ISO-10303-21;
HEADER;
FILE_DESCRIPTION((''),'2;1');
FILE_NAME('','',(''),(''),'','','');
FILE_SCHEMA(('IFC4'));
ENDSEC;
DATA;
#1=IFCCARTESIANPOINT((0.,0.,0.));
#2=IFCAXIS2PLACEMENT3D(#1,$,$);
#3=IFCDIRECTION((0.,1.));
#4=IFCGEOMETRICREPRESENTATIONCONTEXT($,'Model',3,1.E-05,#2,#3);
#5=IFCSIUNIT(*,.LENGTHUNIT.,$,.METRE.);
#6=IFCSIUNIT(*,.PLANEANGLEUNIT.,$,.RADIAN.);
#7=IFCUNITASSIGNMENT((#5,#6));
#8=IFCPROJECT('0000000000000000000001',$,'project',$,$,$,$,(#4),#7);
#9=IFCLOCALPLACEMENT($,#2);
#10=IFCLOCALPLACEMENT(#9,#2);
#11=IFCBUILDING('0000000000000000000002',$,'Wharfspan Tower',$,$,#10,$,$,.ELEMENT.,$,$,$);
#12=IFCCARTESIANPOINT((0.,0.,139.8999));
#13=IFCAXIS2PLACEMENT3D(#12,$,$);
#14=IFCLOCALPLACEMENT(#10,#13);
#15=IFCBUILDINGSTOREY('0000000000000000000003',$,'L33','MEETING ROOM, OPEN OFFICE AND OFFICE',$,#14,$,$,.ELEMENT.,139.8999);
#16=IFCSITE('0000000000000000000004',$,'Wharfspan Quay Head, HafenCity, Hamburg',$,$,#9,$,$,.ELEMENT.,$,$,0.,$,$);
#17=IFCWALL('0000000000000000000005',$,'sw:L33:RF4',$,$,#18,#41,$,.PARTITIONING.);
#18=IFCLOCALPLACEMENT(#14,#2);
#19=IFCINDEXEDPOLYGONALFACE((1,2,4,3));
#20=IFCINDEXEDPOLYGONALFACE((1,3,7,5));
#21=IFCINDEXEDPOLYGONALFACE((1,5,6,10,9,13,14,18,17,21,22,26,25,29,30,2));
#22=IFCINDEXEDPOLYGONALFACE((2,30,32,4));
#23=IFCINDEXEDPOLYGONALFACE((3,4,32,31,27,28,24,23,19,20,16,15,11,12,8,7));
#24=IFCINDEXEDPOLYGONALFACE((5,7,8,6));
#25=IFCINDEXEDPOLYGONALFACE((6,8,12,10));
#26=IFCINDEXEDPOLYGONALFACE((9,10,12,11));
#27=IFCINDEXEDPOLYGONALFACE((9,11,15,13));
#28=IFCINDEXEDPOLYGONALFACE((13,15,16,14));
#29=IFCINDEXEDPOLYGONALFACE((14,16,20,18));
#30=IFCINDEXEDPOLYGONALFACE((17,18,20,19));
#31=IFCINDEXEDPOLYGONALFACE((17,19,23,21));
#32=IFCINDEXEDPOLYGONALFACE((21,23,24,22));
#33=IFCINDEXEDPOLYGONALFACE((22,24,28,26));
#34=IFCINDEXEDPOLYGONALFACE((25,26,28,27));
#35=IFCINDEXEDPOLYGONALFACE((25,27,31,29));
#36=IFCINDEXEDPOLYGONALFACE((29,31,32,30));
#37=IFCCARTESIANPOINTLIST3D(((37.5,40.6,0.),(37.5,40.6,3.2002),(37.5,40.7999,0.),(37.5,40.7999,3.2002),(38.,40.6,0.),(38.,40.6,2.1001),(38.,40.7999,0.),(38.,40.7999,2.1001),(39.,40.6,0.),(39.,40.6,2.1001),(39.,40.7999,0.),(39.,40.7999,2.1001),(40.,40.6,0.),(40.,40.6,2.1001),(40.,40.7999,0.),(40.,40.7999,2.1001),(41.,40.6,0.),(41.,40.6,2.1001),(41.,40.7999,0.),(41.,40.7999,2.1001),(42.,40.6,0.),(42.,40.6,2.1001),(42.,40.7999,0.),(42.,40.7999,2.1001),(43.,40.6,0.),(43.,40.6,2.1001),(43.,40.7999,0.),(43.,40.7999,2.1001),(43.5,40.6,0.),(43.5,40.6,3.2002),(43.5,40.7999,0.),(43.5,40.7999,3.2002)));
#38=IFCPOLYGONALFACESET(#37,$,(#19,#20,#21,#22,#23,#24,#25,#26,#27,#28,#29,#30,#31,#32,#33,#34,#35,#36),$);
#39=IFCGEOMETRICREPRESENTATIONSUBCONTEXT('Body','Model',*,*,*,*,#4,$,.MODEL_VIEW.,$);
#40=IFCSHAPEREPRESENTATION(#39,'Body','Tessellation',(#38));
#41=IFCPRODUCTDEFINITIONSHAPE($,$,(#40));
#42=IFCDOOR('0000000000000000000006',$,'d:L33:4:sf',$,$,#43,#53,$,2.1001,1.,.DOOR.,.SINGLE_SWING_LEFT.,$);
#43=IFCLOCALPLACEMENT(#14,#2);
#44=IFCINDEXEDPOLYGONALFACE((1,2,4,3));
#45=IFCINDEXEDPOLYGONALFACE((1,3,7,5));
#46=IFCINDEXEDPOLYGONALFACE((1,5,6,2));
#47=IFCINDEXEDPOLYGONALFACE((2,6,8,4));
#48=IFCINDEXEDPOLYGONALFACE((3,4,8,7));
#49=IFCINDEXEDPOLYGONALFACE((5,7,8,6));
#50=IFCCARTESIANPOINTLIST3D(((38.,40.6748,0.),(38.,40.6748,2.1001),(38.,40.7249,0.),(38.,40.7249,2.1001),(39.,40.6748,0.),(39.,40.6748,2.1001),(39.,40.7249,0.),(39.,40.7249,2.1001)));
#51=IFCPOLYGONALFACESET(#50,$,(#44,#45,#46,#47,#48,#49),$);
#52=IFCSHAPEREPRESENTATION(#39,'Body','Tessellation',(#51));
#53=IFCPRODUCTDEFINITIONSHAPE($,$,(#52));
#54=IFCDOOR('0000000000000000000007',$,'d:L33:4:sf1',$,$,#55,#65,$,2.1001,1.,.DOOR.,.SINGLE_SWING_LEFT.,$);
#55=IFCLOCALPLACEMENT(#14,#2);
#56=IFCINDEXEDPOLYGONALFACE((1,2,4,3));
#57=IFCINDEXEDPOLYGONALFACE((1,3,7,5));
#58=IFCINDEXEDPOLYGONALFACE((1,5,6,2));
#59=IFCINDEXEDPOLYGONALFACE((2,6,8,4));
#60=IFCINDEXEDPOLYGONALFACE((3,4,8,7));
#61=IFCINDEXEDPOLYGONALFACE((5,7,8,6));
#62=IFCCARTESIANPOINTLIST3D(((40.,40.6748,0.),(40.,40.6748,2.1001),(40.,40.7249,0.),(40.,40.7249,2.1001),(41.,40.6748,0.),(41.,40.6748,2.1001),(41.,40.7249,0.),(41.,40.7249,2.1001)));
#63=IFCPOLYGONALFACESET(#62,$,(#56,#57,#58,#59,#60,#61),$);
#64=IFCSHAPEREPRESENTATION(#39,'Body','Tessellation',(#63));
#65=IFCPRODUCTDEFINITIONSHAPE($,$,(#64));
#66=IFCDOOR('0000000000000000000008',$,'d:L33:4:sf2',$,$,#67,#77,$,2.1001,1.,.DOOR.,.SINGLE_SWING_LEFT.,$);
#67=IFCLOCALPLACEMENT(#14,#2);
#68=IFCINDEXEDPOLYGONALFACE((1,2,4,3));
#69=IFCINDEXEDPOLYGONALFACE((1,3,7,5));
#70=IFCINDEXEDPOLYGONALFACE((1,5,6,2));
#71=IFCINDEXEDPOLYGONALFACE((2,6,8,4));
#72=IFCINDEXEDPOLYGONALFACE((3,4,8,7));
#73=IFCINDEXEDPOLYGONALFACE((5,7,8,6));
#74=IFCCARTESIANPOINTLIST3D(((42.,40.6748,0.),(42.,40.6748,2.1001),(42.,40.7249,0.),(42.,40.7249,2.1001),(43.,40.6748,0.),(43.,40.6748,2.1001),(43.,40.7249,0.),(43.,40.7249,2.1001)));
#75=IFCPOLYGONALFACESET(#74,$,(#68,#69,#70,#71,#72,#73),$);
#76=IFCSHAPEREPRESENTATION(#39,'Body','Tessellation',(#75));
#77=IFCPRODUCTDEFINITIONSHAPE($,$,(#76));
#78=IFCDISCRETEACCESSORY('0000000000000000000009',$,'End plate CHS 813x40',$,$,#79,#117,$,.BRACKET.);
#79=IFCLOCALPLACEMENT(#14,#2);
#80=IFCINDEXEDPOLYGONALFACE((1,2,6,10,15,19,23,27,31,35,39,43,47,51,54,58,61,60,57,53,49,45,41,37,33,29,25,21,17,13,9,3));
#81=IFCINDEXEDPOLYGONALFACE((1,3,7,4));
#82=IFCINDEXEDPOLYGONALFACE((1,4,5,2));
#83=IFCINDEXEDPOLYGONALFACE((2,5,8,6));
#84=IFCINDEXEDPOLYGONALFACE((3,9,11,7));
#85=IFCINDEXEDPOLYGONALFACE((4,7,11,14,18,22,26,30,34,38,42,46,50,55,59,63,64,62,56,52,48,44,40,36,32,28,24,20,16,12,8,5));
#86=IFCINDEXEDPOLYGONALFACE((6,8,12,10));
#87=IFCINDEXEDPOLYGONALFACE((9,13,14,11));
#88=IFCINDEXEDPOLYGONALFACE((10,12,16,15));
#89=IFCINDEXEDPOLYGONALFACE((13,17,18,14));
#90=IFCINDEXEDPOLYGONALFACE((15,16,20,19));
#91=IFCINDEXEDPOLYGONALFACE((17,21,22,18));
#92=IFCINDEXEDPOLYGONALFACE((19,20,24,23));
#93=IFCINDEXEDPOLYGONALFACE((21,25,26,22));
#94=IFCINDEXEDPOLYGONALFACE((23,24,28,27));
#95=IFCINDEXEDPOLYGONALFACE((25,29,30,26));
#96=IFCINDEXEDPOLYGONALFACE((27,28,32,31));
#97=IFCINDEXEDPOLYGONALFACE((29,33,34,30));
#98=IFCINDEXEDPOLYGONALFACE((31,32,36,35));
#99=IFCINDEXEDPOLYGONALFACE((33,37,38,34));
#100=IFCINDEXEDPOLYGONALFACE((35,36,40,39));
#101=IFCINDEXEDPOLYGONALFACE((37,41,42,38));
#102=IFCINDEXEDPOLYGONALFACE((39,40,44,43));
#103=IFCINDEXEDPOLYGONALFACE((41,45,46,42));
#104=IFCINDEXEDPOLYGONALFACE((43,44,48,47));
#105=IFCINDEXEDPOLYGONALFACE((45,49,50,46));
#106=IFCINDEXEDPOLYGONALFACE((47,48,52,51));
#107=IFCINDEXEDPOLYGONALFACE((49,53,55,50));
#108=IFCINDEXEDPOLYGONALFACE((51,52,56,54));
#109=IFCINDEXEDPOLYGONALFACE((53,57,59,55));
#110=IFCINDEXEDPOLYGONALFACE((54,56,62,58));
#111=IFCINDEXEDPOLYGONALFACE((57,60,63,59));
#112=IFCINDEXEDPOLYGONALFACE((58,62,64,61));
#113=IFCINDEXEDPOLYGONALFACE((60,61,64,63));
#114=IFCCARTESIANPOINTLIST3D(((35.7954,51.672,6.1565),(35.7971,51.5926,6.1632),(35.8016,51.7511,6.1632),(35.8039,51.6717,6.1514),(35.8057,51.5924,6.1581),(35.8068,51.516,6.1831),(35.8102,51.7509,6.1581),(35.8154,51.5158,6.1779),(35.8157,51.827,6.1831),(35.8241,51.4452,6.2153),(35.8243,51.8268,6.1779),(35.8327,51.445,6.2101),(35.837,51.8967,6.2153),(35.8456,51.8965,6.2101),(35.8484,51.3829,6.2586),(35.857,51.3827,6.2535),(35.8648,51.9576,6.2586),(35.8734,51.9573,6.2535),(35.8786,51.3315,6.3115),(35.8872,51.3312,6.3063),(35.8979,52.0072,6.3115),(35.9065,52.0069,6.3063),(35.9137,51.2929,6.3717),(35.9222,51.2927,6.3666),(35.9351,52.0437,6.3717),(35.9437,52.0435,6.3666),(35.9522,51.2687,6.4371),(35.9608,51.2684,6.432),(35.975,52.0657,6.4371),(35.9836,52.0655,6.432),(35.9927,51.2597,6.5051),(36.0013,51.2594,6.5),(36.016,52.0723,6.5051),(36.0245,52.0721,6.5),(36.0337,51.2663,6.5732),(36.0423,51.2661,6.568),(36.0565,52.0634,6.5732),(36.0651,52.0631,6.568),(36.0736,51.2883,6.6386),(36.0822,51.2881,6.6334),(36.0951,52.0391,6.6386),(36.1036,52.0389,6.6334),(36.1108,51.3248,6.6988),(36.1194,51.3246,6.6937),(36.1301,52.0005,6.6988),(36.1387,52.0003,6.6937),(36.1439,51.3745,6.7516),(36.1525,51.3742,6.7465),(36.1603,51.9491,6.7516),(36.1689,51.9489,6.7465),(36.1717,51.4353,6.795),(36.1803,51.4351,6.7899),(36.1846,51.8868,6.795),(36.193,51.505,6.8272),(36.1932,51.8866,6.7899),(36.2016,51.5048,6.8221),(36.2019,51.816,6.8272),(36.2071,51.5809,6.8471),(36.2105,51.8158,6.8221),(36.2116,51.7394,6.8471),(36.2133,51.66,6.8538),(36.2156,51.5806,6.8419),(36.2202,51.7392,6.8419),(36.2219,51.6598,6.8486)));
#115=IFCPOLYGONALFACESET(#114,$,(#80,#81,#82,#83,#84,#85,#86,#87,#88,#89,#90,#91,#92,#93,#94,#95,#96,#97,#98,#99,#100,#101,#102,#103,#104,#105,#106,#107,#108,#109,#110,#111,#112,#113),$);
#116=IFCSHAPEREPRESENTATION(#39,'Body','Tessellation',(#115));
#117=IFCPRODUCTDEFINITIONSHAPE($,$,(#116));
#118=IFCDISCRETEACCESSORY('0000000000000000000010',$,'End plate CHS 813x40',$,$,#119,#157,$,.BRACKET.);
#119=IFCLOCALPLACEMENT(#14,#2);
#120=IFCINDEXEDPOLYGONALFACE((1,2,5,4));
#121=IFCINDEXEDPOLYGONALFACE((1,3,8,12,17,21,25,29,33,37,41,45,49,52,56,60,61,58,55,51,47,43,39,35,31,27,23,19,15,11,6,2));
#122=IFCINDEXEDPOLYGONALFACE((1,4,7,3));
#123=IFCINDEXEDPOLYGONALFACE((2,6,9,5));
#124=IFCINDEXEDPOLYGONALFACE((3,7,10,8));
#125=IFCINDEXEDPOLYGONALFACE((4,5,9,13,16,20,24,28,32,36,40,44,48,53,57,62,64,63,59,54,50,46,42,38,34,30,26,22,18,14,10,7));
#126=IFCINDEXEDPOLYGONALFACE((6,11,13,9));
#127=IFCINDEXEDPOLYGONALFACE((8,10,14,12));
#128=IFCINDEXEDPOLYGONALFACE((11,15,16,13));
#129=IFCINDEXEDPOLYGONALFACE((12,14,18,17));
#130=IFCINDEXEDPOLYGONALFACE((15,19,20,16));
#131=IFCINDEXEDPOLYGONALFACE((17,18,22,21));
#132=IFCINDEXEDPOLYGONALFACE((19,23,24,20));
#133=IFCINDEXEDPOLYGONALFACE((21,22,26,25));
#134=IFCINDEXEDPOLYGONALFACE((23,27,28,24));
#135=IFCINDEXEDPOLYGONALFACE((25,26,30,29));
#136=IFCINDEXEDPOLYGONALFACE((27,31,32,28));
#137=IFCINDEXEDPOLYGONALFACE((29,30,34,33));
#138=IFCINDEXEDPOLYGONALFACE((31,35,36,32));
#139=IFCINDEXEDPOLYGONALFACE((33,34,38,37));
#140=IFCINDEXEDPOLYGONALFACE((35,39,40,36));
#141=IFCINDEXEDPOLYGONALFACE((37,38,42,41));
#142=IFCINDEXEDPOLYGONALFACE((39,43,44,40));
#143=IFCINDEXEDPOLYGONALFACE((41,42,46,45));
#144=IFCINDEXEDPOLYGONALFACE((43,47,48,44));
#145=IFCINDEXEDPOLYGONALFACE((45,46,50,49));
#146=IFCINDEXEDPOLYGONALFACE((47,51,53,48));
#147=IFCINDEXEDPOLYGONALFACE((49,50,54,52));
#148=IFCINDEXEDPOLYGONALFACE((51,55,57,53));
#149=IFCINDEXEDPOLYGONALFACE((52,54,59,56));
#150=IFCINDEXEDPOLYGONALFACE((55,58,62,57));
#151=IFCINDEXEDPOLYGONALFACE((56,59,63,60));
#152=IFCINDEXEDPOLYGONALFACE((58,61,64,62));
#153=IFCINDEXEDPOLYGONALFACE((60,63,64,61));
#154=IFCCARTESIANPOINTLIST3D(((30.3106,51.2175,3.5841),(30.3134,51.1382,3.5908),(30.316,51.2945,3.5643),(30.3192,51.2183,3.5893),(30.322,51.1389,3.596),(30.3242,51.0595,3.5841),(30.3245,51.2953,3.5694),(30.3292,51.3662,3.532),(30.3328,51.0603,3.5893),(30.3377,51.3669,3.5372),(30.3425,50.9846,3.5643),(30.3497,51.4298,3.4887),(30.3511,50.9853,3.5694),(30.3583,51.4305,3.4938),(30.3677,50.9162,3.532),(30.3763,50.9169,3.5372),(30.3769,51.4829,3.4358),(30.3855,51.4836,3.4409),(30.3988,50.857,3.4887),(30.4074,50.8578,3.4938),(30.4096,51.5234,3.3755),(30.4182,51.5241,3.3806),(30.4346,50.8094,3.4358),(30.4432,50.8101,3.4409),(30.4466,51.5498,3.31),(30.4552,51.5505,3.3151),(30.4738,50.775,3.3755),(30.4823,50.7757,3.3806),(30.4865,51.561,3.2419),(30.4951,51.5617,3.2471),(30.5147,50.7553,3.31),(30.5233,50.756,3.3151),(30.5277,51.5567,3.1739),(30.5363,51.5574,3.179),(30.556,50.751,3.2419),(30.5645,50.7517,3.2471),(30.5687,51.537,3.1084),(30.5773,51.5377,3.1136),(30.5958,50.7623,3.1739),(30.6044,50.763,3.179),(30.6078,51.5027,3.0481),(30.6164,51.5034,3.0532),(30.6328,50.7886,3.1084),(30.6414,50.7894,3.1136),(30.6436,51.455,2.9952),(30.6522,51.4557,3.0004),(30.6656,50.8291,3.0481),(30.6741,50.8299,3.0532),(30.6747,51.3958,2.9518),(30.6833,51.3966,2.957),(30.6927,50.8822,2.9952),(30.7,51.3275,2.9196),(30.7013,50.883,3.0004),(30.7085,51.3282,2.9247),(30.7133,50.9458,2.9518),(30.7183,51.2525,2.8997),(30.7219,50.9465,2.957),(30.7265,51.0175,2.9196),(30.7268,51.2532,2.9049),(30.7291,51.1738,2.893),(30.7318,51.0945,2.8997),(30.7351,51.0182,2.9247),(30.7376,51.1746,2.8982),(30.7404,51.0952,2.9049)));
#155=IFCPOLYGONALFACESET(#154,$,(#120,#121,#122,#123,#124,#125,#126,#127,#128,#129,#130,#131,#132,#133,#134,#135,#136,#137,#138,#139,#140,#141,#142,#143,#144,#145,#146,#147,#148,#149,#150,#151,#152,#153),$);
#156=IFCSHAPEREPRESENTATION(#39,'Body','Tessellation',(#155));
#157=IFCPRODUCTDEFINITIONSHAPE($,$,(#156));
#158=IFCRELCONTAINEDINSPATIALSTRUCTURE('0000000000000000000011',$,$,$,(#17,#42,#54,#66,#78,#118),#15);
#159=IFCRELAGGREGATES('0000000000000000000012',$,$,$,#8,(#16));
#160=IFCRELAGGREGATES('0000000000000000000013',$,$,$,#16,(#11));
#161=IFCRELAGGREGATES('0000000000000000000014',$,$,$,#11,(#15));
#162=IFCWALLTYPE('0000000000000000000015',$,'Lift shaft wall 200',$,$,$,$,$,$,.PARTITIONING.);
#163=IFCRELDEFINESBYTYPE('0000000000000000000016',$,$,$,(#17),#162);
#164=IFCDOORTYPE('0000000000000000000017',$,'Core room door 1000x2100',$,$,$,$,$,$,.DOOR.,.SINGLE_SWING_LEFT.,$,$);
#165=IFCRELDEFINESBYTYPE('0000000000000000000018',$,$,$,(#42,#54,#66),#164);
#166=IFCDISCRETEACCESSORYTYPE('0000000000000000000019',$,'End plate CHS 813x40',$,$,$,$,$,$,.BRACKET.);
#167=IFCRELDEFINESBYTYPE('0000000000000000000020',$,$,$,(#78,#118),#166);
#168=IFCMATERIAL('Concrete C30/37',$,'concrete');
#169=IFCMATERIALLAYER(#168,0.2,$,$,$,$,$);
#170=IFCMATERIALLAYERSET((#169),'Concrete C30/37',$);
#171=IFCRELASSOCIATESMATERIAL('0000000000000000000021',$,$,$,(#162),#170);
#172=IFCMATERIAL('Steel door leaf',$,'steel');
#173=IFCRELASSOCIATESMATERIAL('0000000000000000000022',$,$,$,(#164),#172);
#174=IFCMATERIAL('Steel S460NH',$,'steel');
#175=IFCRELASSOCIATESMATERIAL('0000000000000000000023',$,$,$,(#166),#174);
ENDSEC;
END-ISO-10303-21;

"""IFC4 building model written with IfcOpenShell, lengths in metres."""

from ifc_helpers import new_model, si_unit, direction, frame, frame_2d, origin, origin_2d, place, context, subcontext, project, spatial, rectangle, circle, extrude, material, layer, layer_set, material_profile, profile_set, type_object, element, fill, save


model = new_model("IFC4")

# Units and contexts
model_context = context("Model", 3, precision=1e-05, world=origin(), true_north=direction((0.0, 1.0)))
body_context = subcontext(model_context, "Body", "Model", "MODEL_VIEW")
ifc_project = project(units=[si_unit("LENGTHUNIT", "METRE"), si_unit("PLANEANGLEUNIT", "RADIAN")], contexts=[model_context])

# Site, building, storey
site_placement = place(None, origin())
site = spatial("IfcSite", under=ifc_project, at=site_placement, Name="Wharfspan Quay Head, HafenCity, Hamburg", CompositionType="ELEMENT", RefElevation=0.0)
building_placement = place(site_placement, origin())
building = spatial("IfcBuilding", under=site, at=building_placement, Name="Wharfspan Tower", CompositionType="ELEMENT")
storey_placement = place(building_placement, frame((0.0, 0.0, 139.8999)))
storey = spatial("IfcBuildingStorey", under=building, at=storey_placement, Name="L33", Description="MEETING ROOM, OPEN OFFICE AND OFFICE", CompositionType="ELEMENT", Elevation=139.8999)

# Shared definitions
ifc_material_1 = material(Name="Steel S460NH", Category="steel")

# Wall, openings, doors
ifc_material_2 = material(Name="Concrete C30/37", Category="concrete")
ifc_layer_1 = layer(ifc_material_2, 0.2)
ifc_layer_set_1 = layer_set([ifc_layer_1], Name="Concrete C30/37")
wall_type_1 = type_object("IfcWallType", Name="Lift shaft wall 200", PredefinedType="PARTITIONING", material=ifc_layer_set_1)
ifc_material_3 = material(Name="Steel door leaf", Category="steel")
door_type = type_object("IfcDoorType", Name="Core room door 1000x2100", OperationType="SINGLE_SWING_LEFT", PredefinedType="DOOR", material=ifc_material_3)
wall_1_placement = place(storey_placement, frame((37.5, 40.7, 0.0), z_axis=(0.0, 0.0, 1.0), x_axis=(1.0, 0.0, 0.0)))
wall_1 = element("IfcWall", 1, at=wall_1_placement, inside=storey, type_object=wall_type_1, Name="sw:L33:RF4", PredefinedType="PARTITIONING", context=body_context, shape_type="SweptSolid", body=[
    extrude(rectangle(XDim=6.0, YDim=0.2, at=frame_2d((3.0, 0.0))), origin(), (0.0, 0.0, 1.0), 3.2002),
])
opening_1_placement = place(wall_1_placement, frame((0.5, 0.0, 0.0)))
opening_1 = element("IfcOpeningElement", 2, at=opening_1_placement, cuts=wall_1, PredefinedType="OPENING", context=body_context, shape_type="SweptSolid", body=[
    extrude(rectangle(XDim=1.0, YDim=2.1001, at=frame_2d((0.5, 1.05))), frame((0.0, 0.1099, 0.0), z_axis=(0.0, -1.0, 0.0), x_axis=(1.0, 0.0, 0.0)), (0.0, 0.0, 1.0), 0.22),
])
opening_2_placement = place(wall_1_placement, frame((2.5, 0.0, 0.0)))
opening_2 = element("IfcOpeningElement", 3, at=opening_2_placement, cuts=wall_1, PredefinedType="OPENING", context=body_context, shape_type="SweptSolid", body=[
    extrude(rectangle(XDim=1.0, YDim=2.1001, at=frame_2d((0.5, 1.05))), frame((0.0, 0.1099, 0.0), z_axis=(0.0, -1.0, 0.0), x_axis=(1.0, 0.0, 0.0)), (0.0, 0.0, 1.0), 0.22),
])
opening_3_placement = place(wall_1_placement, frame((4.5, 0.0, 0.0)))
opening_3 = element("IfcOpeningElement", 4, at=opening_3_placement, cuts=wall_1, PredefinedType="OPENING", context=body_context, shape_type="SweptSolid", body=[
    extrude(rectangle(XDim=1.0, YDim=2.1001, at=frame_2d((0.5, 1.05))), frame((0.0, 0.1099, 0.0), z_axis=(0.0, -1.0, 0.0), x_axis=(1.0, 0.0, 0.0)), (0.0, 0.0, 1.0), 0.22),
])
door_1_placement = place(opening_1_placement, origin())
door_1 = element("IfcDoor", 5, at=door_1_placement, inside=storey, type_object=door_type, Name="d:L33:4:sf", OperationType="SINGLE_SWING_LEFT", OverallHeight=2.1001, OverallWidth=1.0, PredefinedType="DOOR", context=body_context, shape_type="SweptSolid", body=[
    extrude(rectangle(XDim=1.0, YDim=2.1001, at=frame_2d((0.5, 1.05))), frame((0.0, 0.0249, 0.0), z_axis=(0.0, -1.0, 0.0), x_axis=(1.0, 0.0, 0.0)), (0.0, 0.0, 1.0), 0.05),
])
fill(opening_1, door_1)
door_2_placement = place(opening_2_placement, origin())
door_2 = element("IfcDoor", 6, at=door_2_placement, inside=storey, type_object=door_type, Name="d:L33:4:sf1", OperationType="SINGLE_SWING_LEFT", OverallHeight=2.1001, OverallWidth=1.0, PredefinedType="DOOR", context=body_context, shape_type="SweptSolid", body=[
    extrude(rectangle(XDim=1.0, YDim=2.1001, at=frame_2d((0.5, 1.05))), frame((0.0, 0.0249, 0.0), z_axis=(0.0, -1.0, 0.0), x_axis=(1.0, 0.0, 0.0)), (0.0, 0.0, 1.0), 0.05),
])
fill(opening_2, door_2)
door_3_placement = place(opening_3_placement, origin())
door_3 = element("IfcDoor", 7, at=door_3_placement, inside=storey, type_object=door_type, Name="d:L33:4:sf2", OperationType="SINGLE_SWING_LEFT", OverallHeight=2.1001, OverallWidth=1.0, PredefinedType="DOOR", context=body_context, shape_type="SweptSolid", body=[
    extrude(rectangle(XDim=1.0, YDim=2.1001, at=frame_2d((0.5, 1.05))), frame((0.0, 0.0249, 0.0), z_axis=(0.0, -1.0, 0.0), x_axis=(1.0, 0.0, 0.0)), (0.0, 0.0, 1.0), 0.05),
])
fill(opening_3, door_3)

# Discrete accessories
ifc_material_profile_1 = material_profile(ifc_material_1, circle(Radius=0.4065, at=origin_2d()))
ifc_profile_set_1 = profile_set([ifc_material_profile_1], Name="Steel S460NH")
discrete_accessory_type = type_object("IfcDiscreteAccessoryType", Name="End plate CHS 813x40", PredefinedType="BRACKET", material=ifc_profile_set_1)
for number, where, z_axis, x_axis, name in (
    (8, (36.0129, 51.6658, 6.5), (-0.857236, 0.024492, 0.514341), (-0.028558, -0.999591, 0.000002), "End plate CHS 813x40"),
    (9, (30.5212, 51.156, 3.2419), (0.855186, 0.073302, 0.513112), (-0.085402, 0.996345, 0.000001), "End plate CHS 813x40"),
):
    element("IfcDiscreteAccessory", number, at=place(storey_placement, frame(where, z_axis=z_axis, x_axis=x_axis)), inside=storey, type_object=discrete_accessory_type, Name=name, PredefinedType="BRACKET", context=body_context, shape_type="SweptSolid", body=[
        extrude(circle(Radius=0.4065, at=origin_2d()), origin(), (0.0, 0.0, 1.0), 0.01),
    ])

save(model, "model.ifc")
